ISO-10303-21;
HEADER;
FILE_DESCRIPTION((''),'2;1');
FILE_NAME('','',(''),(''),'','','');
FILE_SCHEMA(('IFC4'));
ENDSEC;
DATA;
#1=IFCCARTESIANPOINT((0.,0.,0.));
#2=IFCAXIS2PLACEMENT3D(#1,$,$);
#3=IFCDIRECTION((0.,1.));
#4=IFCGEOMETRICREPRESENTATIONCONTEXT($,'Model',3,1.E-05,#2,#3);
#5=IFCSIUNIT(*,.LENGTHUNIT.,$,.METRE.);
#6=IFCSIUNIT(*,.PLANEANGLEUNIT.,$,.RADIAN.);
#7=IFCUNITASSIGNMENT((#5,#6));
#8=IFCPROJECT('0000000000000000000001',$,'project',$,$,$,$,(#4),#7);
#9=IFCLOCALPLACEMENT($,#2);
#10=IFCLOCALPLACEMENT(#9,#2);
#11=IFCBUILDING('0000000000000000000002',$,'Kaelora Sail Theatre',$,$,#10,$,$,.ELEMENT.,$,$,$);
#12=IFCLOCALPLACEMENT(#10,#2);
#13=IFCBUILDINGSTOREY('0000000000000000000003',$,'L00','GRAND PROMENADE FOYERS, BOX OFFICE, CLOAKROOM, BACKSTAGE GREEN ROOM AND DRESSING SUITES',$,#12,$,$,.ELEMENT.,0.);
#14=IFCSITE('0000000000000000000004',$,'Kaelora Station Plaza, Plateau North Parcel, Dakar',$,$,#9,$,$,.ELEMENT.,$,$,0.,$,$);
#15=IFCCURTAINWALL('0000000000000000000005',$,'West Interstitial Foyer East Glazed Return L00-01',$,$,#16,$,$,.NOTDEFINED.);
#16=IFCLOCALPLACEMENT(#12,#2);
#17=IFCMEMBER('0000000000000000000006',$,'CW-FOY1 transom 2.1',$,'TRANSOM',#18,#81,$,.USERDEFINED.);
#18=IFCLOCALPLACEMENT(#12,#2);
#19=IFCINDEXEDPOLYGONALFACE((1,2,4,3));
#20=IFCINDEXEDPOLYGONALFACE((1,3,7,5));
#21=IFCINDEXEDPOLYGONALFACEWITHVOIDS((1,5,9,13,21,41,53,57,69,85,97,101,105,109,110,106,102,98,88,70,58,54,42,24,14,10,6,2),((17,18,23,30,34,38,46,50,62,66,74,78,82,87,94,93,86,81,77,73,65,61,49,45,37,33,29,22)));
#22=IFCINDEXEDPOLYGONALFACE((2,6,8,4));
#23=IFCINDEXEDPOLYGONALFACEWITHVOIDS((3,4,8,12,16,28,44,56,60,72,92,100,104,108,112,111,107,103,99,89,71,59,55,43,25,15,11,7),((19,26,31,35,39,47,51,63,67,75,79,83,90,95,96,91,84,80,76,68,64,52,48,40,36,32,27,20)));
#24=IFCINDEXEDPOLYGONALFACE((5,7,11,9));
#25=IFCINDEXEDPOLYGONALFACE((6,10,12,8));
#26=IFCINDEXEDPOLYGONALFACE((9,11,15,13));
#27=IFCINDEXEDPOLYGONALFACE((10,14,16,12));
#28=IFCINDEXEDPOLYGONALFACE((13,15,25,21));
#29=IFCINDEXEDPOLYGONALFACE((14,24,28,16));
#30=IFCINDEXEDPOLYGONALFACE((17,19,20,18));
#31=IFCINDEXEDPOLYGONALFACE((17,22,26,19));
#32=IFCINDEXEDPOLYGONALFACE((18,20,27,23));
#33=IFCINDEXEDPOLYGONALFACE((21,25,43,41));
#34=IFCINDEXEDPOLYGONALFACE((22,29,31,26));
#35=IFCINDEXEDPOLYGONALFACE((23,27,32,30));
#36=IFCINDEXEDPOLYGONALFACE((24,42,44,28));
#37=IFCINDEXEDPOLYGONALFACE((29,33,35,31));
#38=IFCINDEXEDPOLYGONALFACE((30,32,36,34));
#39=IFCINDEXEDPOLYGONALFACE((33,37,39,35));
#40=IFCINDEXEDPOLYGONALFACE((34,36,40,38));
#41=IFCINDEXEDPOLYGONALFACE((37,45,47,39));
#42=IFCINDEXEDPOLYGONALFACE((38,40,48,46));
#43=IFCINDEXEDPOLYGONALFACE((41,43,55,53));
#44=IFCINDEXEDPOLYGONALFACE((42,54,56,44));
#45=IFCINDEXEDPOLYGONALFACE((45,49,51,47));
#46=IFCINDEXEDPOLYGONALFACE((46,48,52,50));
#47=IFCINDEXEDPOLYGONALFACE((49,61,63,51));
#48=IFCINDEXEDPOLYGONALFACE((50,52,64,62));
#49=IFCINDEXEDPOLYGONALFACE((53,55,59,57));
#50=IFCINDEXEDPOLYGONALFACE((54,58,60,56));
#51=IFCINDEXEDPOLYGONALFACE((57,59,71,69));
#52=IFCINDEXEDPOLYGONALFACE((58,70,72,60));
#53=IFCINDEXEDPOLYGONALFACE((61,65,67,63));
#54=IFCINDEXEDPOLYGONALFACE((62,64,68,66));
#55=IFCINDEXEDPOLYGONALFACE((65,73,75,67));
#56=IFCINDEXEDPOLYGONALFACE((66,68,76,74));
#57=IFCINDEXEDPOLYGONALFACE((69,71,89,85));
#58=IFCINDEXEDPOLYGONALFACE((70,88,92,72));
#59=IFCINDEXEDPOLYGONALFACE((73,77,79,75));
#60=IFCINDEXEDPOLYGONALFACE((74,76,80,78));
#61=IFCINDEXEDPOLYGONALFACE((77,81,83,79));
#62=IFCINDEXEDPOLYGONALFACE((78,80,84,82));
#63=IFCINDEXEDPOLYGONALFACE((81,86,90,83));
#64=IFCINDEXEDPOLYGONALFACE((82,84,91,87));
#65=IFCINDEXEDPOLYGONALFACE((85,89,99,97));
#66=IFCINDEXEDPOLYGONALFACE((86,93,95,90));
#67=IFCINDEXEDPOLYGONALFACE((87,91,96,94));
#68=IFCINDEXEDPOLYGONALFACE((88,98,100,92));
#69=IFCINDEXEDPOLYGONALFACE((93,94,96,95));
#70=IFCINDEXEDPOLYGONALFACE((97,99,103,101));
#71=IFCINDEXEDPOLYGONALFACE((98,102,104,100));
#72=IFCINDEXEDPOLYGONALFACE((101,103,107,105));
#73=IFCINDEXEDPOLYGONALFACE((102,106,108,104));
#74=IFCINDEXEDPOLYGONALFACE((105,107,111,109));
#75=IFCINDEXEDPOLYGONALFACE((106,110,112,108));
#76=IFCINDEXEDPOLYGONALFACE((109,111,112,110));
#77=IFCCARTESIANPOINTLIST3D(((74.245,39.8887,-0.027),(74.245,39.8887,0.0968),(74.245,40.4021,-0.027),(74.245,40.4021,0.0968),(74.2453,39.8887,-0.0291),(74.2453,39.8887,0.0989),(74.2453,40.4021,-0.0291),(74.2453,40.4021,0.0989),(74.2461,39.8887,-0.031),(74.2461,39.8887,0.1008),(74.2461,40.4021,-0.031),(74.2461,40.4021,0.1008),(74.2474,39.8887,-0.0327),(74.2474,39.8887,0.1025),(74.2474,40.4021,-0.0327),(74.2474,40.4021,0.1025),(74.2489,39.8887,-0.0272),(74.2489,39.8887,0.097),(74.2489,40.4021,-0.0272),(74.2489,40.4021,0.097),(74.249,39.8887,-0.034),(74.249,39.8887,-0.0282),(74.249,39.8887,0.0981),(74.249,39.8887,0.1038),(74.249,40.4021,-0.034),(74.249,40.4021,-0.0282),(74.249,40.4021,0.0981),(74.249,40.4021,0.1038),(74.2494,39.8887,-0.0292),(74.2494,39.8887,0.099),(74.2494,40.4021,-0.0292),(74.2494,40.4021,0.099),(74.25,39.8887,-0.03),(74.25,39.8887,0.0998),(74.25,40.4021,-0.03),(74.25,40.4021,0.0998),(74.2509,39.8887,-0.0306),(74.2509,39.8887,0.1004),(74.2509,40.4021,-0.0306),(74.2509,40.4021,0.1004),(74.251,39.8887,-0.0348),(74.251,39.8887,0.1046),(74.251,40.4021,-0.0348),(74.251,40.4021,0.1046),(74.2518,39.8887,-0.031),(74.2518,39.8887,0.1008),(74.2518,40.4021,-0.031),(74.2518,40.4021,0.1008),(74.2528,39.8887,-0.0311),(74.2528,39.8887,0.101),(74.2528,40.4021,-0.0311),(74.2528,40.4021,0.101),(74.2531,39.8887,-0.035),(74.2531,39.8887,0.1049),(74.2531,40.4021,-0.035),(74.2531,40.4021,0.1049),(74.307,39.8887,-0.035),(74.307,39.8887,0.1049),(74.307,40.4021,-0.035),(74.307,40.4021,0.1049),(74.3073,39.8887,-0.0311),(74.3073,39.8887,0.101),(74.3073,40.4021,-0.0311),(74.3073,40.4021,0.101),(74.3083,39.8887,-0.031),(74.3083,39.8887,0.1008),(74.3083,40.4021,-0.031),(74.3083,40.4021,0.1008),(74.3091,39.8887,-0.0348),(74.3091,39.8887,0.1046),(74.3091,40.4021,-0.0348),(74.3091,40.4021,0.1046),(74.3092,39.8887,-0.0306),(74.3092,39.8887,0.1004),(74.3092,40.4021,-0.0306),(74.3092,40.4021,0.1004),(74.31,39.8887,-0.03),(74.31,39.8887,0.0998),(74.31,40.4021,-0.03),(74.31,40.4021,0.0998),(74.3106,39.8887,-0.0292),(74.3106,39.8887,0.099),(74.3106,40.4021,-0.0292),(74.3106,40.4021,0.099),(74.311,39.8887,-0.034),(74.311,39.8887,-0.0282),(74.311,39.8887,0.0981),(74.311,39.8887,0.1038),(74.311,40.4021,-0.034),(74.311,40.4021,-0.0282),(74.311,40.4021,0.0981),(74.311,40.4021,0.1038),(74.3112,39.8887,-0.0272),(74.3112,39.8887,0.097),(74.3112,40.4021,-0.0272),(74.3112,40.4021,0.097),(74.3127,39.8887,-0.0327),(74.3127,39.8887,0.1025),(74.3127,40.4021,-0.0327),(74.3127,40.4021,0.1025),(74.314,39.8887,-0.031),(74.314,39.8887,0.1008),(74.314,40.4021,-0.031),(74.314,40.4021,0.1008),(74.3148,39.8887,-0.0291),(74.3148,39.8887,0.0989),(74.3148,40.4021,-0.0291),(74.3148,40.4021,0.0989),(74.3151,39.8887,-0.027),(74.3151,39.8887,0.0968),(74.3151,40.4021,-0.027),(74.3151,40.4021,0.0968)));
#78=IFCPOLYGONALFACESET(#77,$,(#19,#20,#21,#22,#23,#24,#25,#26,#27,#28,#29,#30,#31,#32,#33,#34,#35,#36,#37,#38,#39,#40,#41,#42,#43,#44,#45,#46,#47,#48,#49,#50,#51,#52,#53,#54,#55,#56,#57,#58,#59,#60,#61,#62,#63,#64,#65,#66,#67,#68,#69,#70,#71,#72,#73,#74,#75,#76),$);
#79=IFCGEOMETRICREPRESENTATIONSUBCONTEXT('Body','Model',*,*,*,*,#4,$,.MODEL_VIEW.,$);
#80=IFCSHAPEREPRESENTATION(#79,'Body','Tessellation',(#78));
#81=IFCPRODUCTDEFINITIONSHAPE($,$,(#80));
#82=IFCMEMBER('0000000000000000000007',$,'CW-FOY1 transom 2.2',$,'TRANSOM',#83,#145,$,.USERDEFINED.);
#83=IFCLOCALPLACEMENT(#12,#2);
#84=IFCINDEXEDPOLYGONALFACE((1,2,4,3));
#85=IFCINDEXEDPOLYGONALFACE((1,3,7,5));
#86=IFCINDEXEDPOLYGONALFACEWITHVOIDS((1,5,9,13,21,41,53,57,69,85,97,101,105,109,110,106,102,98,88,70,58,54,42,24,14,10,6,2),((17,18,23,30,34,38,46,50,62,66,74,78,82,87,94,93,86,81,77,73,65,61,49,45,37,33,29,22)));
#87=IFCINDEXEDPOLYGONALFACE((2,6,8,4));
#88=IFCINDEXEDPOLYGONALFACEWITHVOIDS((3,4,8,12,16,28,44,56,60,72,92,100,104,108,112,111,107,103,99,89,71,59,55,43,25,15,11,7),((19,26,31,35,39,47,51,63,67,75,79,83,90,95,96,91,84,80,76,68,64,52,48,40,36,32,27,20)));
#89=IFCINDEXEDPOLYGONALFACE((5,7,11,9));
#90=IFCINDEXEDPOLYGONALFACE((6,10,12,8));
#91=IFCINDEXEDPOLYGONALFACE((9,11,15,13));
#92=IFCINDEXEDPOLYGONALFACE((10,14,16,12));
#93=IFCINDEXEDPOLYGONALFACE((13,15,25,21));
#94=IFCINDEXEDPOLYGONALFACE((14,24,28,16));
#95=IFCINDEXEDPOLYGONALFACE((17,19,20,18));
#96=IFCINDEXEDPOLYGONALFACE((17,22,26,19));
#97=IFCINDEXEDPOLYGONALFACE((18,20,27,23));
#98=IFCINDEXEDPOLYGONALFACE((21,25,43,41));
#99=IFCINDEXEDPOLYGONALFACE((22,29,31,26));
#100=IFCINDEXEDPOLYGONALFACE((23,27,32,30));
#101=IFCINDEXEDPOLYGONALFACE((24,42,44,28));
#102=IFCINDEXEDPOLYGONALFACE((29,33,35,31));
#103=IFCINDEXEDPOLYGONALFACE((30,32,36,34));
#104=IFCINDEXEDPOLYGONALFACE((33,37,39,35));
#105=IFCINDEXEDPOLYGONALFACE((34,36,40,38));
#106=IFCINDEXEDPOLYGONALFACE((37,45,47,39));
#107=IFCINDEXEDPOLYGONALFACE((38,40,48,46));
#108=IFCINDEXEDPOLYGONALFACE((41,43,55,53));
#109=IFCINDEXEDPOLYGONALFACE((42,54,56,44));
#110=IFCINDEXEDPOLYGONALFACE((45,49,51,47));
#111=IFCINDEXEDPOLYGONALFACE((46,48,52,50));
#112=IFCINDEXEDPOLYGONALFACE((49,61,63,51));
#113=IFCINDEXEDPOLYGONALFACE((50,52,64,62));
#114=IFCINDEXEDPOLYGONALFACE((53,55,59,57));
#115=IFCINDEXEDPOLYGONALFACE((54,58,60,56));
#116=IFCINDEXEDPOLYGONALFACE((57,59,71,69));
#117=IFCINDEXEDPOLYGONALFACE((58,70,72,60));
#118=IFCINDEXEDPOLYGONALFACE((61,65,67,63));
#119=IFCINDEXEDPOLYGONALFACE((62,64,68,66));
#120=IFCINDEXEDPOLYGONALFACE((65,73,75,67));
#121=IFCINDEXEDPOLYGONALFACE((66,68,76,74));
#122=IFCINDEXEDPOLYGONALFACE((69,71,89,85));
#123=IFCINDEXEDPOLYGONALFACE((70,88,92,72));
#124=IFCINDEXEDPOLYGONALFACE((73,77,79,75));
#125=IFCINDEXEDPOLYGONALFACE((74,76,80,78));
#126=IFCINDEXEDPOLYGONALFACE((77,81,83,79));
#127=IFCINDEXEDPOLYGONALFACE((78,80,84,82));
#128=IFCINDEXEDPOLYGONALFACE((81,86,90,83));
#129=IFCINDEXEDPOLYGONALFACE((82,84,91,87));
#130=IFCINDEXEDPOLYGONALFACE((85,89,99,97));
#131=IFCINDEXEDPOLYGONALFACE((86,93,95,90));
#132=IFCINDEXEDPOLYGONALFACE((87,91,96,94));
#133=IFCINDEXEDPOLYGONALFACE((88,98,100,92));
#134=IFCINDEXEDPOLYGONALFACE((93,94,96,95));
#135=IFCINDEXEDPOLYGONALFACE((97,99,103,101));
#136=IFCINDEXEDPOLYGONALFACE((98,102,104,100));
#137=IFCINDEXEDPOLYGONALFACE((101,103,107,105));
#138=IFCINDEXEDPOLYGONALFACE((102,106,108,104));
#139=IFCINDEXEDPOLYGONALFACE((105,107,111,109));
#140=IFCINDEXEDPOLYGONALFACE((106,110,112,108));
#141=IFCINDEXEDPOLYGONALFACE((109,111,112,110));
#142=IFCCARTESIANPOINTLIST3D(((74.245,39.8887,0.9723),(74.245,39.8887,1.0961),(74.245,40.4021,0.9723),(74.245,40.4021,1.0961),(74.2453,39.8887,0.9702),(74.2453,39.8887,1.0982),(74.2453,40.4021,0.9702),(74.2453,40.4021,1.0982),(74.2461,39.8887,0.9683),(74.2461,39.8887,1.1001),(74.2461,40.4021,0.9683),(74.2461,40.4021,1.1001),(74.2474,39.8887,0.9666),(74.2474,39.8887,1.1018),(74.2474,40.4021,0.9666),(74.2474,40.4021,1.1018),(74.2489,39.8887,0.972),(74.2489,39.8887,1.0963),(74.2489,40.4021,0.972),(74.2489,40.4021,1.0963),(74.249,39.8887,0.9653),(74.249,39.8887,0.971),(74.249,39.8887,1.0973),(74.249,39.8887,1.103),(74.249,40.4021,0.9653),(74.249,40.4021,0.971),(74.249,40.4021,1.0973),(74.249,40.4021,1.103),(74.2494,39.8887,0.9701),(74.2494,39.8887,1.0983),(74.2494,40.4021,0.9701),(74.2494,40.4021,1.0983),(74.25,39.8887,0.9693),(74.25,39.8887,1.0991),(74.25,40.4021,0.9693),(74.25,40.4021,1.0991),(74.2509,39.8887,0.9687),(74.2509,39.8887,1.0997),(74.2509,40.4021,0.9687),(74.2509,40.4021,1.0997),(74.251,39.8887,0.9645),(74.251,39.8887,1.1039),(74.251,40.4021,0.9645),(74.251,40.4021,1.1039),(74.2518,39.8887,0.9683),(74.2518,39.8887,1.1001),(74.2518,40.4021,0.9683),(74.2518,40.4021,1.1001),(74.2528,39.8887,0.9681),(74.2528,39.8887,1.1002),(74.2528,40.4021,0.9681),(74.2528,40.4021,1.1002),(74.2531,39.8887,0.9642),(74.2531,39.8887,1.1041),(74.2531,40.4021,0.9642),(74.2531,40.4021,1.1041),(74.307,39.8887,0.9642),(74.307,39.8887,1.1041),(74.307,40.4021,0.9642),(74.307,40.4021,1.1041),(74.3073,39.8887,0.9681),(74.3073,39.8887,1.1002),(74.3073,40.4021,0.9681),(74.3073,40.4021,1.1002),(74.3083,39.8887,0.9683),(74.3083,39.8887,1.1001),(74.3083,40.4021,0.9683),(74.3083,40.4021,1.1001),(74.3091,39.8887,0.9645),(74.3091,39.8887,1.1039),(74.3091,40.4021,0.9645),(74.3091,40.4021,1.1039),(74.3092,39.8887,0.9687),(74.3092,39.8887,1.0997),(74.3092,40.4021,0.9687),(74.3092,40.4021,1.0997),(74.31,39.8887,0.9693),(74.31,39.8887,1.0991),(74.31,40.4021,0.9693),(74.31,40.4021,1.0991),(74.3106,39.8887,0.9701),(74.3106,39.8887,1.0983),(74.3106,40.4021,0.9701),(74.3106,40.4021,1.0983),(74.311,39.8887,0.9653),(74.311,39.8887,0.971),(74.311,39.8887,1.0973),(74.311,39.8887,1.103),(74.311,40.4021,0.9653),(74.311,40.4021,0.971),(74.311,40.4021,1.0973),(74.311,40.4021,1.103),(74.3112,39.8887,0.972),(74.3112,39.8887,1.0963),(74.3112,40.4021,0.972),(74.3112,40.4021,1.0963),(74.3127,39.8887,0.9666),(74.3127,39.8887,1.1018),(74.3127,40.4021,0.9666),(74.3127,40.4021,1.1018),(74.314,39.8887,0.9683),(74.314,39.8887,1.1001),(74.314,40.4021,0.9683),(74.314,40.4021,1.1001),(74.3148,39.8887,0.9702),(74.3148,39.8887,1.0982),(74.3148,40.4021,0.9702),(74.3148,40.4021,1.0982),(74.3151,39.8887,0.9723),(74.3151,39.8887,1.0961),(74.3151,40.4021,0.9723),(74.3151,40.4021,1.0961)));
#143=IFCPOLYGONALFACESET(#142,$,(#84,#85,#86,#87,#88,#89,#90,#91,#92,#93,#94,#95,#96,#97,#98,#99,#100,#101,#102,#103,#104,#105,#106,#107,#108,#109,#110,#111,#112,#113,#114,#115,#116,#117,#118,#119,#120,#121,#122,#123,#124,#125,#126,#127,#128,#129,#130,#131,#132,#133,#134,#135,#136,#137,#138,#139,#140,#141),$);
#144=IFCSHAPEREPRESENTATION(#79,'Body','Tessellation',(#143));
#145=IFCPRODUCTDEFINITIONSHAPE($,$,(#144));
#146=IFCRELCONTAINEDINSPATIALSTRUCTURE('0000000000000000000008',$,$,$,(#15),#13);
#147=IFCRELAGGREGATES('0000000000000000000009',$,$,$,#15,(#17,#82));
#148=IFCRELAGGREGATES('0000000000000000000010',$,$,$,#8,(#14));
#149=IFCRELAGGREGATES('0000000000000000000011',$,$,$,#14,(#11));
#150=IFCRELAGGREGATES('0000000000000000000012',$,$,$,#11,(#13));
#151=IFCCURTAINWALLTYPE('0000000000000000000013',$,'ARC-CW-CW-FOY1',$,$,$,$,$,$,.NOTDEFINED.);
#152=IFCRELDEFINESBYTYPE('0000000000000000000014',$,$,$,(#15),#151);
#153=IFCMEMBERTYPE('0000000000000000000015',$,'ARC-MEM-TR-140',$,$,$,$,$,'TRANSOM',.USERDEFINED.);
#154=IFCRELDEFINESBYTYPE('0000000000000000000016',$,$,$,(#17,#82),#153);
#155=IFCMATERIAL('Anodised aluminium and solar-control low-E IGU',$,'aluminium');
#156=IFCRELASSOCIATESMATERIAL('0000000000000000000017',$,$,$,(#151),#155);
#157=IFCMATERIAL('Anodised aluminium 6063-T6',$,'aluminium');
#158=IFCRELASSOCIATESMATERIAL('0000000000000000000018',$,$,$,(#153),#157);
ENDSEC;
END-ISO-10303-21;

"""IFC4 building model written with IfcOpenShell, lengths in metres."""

from ifc_helpers import new_model, si_unit, direction, frame, origin, origin_2d, place, context, subcontext, project, spatial, hollow_rectangle, extrude, material, material_profile, profile_set, type_object, element, aggregate, save


model = new_model("IFC4")

# Units and contexts
model_context = context("Model", 3, precision=1e-05, world=origin(), true_north=direction((0.0, 1.0)))
body_context = subcontext(model_context, "Body", "Model", "MODEL_VIEW")
ifc_project = project(units=[si_unit("LENGTHUNIT", "METRE"), si_unit("PLANEANGLEUNIT", "RADIAN")], contexts=[model_context])

# Site, building, storey
site_placement = place(None, origin())
site = spatial("IfcSite", under=ifc_project, at=site_placement, Name="Kaelora Station Plaza, Plateau North Parcel, Dakar", CompositionType="ELEMENT", RefElevation=0.0)
building_placement = place(site_placement, origin())
building = spatial("IfcBuilding", under=site, at=building_placement, Name="Kaelora Sail Theatre", CompositionType="ELEMENT")
storey_placement = place(building_placement, origin())
storey = spatial("IfcBuildingStorey", under=building, at=storey_placement, Name="L00", Description="GRAND PROMENADE FOYERS, BOX OFFICE, CLOAKROOM, BACKSTAGE GREEN ROOM AND DRESSING SUITES", CompositionType="ELEMENT", Elevation=0.0)

# Curtain wall, members
ifc_material_1 = material(Name="Anodised aluminium and solar-control low-E IGU", Category="aluminium")
curtain_wall_type = type_object("IfcCurtainWallType", Name="ARC-CW-CW-FOY1", PredefinedType="NOTDEFINED", material=ifc_material_1)
curtain_wall_placement = place(storey_placement, origin())
curtain_wall = element("IfcCurtainWall", 1, at=curtain_wall_placement, inside=storey, type_object=curtain_wall_type, Name="West Interstitial Foyer East Glazed Return L00-01", PredefinedType="NOTDEFINED")
ifc_material_2 = material(Name="Anodised aluminium 6063-T6", Category="aluminium")
ifc_material_profile_1 = material_profile(ifc_material_2, hollow_rectangle(XDim=0.0701, YDim=0.1399, WallThickness=0.0039, InnerFilletRadius=0.0039, OuterFilletRadius=0.0081, at=origin_2d()), Name="ALU-TRAN 70x140x4")
ifc_profile_set_1 = profile_set([ifc_material_profile_1], Name="Anodised aluminium 6063-T6")
member_type_1 = type_object("IfcMemberType", Name="ARC-MEM-TR-140", ElementType="TRANSOM", PredefinedType="USERDEFINED", material=ifc_profile_set_1)
member_1_placement = place(storey_placement, frame((74.28, 39.8887, 0.0349), z_axis=(0.0, 1.0, 0.0), x_axis=(-1.0, 0.0, 0.0)))
member_1 = element("IfcMember", 2, at=member_1_placement, type_object=member_type_1, Name="CW-FOY1 transom 2.1", ObjectType="TRANSOM", PredefinedType="USERDEFINED", context=body_context, shape_type="SweptSolid", body=[
    extrude(hollow_rectangle(XDim=0.0701, YDim=0.1399, WallThickness=0.0039, InnerFilletRadius=0.0039, OuterFilletRadius=0.0081, at=origin_2d()), origin(), (0.0, 0.0, 1.0), 0.5134),
])
member_2_placement = place(storey_placement, frame((74.28, 39.8887, 1.0342), z_axis=(0.0, 1.0, 0.0), x_axis=(-1.0, 0.0, 0.0)))
member_2 = element("IfcMember", 3, at=member_2_placement, type_object=member_type_1, Name="CW-FOY1 transom 2.2", ObjectType="TRANSOM", PredefinedType="USERDEFINED", context=body_context, shape_type="SweptSolid", body=[
    extrude(hollow_rectangle(XDim=0.0701, YDim=0.1399, WallThickness=0.0039, InnerFilletRadius=0.0039, OuterFilletRadius=0.0081, at=origin_2d()), origin(), (0.0, 0.0, 1.0), 0.5134),
])

aggregate(curtain_wall, [member_1, member_2])

save(model, "model.ifc")
